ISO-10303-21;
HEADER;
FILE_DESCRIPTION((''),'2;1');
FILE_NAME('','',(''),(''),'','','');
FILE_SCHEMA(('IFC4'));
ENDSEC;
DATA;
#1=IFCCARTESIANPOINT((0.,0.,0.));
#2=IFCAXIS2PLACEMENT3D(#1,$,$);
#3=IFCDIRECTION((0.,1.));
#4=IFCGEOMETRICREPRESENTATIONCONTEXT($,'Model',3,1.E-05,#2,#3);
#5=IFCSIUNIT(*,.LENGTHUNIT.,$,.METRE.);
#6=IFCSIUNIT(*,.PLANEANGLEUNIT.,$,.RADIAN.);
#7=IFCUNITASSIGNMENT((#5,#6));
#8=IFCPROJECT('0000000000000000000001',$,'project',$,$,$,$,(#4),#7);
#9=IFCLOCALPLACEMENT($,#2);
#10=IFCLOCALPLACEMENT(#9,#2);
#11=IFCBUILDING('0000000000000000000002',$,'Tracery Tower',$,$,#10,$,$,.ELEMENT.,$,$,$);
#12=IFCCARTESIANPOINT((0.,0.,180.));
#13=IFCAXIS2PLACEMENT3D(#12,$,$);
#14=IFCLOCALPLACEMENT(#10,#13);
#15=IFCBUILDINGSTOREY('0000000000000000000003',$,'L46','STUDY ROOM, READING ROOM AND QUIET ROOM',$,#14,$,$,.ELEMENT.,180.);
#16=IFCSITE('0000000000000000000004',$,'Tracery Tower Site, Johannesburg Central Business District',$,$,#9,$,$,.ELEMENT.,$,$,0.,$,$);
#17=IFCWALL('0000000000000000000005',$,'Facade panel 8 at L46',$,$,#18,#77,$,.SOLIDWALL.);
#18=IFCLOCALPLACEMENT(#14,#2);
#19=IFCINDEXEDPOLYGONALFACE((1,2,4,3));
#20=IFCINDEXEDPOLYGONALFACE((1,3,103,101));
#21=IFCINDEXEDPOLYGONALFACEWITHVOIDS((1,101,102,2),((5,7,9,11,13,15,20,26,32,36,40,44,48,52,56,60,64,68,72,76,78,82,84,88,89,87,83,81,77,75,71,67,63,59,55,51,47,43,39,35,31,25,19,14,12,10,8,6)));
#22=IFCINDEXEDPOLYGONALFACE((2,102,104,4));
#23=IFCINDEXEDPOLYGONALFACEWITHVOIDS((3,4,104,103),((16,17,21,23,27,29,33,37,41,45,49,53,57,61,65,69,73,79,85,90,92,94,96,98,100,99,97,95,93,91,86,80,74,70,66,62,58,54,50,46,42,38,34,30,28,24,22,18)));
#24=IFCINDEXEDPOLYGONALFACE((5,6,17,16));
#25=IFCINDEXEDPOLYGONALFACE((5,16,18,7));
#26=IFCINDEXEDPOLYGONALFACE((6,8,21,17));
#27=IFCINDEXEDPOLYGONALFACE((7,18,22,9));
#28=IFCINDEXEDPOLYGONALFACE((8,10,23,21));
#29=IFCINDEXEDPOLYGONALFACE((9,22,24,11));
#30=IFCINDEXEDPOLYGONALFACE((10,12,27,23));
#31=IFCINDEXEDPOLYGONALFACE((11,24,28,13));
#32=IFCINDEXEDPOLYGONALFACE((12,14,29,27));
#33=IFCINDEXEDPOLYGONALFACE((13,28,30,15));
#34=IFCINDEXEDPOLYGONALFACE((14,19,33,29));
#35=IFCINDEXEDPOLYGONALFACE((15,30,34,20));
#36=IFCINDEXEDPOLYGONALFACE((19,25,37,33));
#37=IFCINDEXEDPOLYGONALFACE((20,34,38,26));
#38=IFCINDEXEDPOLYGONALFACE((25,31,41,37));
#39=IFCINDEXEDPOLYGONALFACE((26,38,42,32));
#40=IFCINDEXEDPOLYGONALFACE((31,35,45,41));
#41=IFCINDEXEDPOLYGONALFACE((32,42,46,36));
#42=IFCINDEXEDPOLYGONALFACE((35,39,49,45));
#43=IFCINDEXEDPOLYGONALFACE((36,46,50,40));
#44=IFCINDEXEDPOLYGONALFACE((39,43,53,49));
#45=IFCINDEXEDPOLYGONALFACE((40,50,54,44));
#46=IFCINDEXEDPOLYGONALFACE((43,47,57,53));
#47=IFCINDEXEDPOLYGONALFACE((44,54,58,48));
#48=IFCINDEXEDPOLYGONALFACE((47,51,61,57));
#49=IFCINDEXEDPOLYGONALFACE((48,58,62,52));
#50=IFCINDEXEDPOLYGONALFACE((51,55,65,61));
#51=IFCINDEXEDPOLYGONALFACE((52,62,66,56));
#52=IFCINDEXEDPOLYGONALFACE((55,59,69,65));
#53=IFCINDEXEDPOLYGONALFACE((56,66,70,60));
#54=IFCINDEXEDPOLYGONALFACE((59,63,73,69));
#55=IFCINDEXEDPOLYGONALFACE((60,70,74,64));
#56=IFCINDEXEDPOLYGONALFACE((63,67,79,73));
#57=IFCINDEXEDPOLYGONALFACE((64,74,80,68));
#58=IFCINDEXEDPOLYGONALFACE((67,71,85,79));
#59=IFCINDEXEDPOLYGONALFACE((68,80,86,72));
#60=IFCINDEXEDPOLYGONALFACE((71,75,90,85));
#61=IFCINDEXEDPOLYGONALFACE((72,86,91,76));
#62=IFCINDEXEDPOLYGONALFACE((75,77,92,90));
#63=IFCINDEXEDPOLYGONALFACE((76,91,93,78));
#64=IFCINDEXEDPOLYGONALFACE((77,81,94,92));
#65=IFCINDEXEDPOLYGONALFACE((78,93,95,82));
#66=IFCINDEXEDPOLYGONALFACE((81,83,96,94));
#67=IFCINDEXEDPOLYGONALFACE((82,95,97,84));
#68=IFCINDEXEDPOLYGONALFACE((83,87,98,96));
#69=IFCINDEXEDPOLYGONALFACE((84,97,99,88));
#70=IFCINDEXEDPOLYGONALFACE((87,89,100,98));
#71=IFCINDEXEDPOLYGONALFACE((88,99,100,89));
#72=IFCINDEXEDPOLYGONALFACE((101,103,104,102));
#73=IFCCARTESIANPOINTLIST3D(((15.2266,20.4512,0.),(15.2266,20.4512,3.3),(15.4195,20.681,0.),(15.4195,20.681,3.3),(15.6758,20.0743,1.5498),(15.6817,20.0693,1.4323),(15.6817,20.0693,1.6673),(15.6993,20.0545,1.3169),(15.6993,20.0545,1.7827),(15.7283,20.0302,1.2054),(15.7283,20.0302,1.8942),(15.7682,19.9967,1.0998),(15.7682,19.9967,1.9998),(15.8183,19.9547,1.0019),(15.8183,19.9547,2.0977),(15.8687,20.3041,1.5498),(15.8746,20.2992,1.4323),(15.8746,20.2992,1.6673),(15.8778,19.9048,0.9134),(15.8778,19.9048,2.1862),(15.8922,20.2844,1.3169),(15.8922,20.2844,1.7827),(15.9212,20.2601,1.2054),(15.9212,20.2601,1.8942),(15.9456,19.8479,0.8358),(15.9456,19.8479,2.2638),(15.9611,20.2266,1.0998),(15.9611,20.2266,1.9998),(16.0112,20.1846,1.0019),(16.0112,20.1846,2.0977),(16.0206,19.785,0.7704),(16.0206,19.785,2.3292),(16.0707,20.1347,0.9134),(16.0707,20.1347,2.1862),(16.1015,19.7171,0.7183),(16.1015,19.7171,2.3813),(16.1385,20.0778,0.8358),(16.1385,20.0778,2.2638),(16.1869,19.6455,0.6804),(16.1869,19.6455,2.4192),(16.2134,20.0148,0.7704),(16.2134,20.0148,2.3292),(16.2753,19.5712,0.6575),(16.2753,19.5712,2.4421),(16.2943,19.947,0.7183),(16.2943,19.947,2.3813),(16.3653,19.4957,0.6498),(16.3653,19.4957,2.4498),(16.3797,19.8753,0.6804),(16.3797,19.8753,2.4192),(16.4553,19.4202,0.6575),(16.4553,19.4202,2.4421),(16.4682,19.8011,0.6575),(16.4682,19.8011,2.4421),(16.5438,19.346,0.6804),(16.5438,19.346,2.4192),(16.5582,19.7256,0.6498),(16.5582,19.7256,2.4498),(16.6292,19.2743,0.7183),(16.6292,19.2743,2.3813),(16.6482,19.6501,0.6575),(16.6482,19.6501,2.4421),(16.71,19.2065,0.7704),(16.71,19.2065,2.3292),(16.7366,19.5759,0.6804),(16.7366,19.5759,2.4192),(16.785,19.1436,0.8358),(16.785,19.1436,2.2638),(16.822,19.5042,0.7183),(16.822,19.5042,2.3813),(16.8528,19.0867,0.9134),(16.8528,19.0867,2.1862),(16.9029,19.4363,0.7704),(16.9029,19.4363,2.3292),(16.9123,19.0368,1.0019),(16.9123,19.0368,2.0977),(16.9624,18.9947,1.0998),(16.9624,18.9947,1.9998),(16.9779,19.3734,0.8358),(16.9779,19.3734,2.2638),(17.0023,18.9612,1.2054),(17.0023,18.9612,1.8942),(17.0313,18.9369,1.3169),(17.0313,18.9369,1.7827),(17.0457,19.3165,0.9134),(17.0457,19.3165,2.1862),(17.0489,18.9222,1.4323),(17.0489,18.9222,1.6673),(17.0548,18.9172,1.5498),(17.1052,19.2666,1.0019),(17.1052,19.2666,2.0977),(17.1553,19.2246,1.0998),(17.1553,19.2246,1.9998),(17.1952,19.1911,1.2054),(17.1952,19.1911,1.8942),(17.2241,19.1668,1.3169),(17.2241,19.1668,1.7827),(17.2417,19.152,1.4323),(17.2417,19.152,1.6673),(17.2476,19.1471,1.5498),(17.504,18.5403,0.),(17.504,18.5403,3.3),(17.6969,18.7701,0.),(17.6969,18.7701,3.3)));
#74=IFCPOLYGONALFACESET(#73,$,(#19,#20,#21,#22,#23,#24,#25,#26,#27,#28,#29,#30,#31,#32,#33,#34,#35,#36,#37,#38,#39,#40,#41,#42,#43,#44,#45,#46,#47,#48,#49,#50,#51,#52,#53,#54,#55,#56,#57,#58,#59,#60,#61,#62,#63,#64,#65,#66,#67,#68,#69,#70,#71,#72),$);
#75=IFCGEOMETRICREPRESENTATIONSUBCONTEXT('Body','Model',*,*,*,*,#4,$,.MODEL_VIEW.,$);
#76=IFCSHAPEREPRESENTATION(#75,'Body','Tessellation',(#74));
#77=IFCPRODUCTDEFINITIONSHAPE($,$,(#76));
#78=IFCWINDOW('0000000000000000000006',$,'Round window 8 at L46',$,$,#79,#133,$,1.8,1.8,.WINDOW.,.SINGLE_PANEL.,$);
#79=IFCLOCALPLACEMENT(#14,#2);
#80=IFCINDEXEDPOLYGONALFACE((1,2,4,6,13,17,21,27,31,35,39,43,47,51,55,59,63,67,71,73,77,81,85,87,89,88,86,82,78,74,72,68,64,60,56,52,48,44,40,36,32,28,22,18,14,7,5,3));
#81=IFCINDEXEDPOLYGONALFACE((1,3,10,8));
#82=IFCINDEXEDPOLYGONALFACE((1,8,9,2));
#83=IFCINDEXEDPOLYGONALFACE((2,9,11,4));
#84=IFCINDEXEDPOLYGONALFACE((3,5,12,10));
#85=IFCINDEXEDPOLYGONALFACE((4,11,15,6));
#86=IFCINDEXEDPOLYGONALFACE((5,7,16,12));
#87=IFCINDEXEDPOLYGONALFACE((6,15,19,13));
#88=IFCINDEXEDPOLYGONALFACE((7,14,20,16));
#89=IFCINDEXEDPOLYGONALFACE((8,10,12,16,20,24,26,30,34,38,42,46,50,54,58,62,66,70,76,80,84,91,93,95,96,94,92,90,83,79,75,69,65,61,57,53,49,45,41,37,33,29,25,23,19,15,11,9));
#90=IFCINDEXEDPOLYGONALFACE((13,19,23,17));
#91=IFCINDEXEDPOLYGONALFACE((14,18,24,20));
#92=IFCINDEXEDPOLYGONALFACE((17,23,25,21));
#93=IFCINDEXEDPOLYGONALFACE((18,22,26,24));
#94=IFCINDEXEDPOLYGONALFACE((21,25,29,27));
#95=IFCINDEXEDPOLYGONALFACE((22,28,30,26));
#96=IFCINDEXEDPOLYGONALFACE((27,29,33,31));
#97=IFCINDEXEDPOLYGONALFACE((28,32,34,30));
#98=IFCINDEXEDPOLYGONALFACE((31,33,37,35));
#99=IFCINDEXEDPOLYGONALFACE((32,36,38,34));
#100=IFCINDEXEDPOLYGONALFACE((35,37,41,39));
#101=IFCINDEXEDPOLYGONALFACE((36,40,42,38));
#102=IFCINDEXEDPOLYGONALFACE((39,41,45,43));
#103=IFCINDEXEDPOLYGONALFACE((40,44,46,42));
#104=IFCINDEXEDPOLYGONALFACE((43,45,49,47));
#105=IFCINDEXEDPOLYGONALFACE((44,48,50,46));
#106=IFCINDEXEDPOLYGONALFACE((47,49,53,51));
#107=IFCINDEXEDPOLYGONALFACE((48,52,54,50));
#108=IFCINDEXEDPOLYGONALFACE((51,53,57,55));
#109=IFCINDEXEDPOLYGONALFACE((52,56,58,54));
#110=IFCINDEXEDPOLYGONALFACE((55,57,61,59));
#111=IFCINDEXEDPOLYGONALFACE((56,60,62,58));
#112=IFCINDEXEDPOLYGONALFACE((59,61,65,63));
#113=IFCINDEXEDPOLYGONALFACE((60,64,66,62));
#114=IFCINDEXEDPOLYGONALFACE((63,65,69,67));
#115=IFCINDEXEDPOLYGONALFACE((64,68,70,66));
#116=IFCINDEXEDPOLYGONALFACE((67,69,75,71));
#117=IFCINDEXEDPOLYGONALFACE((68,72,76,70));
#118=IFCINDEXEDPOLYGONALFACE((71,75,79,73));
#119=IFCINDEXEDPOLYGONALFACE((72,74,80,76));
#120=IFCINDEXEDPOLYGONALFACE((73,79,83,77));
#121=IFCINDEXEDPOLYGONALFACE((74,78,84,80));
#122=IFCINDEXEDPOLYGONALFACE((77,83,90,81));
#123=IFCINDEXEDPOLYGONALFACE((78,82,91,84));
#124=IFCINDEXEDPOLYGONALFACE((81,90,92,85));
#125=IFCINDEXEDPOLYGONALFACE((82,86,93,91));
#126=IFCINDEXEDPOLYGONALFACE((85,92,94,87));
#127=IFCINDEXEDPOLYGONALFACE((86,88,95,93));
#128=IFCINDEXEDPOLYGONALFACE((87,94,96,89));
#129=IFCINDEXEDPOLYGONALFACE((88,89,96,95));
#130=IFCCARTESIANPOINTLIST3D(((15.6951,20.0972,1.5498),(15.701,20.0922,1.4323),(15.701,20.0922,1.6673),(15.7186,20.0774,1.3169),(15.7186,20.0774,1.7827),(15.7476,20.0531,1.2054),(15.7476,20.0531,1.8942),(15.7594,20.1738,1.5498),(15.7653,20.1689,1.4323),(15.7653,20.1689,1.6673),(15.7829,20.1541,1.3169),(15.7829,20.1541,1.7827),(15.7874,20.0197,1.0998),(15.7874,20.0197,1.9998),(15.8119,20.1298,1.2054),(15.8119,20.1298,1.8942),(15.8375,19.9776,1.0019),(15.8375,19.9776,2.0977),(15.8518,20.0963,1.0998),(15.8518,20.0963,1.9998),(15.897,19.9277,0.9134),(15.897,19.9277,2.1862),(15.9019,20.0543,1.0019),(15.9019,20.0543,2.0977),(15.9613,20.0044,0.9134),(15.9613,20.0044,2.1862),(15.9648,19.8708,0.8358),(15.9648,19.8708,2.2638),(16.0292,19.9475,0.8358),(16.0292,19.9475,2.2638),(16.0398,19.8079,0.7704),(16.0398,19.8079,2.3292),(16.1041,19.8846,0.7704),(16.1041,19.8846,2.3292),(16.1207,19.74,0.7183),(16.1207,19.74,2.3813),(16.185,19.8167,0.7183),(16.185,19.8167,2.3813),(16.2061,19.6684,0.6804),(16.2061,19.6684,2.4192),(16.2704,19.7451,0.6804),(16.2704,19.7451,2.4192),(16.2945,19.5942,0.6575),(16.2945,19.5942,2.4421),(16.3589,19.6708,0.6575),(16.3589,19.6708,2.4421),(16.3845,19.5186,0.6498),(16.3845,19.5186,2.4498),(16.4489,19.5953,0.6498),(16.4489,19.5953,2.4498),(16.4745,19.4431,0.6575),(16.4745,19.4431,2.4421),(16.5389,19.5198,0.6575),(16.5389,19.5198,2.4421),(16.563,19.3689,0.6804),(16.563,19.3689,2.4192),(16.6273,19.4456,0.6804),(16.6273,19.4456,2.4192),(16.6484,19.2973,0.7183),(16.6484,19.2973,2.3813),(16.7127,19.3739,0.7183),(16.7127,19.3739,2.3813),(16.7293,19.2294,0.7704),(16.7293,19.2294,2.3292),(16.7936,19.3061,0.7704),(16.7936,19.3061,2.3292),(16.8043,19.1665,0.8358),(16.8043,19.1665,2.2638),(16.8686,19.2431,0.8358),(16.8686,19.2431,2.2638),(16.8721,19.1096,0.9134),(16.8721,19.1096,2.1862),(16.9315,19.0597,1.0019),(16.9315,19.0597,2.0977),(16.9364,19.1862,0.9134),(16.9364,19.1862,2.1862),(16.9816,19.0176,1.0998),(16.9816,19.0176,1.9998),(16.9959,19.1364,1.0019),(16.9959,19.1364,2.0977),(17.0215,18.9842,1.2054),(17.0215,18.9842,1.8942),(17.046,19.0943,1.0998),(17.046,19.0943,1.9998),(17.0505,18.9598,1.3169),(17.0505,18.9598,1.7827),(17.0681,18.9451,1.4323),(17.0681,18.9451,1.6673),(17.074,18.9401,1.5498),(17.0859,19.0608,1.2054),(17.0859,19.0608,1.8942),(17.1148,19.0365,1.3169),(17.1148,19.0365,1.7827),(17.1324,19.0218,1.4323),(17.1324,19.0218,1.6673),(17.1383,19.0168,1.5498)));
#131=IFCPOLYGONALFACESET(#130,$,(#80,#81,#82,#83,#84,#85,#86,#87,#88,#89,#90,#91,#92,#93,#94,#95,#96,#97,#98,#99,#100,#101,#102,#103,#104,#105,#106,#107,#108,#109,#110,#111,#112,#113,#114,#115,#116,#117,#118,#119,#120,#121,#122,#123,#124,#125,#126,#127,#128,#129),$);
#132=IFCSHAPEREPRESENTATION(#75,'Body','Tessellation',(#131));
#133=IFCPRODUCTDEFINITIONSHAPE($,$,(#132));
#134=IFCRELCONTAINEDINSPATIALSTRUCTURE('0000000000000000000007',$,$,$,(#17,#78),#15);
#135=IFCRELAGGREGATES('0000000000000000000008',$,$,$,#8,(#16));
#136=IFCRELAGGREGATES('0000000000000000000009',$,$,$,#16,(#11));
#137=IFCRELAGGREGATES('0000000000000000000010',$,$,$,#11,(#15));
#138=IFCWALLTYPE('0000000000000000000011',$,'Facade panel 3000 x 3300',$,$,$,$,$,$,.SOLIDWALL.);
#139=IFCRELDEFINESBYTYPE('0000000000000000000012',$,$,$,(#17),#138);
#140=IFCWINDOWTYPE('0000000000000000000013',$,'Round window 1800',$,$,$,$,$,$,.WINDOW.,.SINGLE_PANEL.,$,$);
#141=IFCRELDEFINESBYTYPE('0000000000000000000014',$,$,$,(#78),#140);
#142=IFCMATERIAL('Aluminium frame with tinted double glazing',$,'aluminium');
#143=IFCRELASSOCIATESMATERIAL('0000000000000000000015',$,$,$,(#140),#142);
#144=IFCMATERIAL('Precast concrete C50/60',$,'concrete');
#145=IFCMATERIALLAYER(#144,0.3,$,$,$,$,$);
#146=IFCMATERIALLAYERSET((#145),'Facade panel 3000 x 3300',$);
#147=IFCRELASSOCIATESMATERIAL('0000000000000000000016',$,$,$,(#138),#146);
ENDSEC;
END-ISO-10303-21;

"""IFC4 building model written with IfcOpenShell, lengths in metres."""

from ifc_helpers import new_model, si_unit, direction, frame, frame_2d, origin, origin_2d, place, context, subcontext, project, spatial, rectangle, circle, extrude, material, layer, layer_set, type_object, element, fill, save


model = new_model("IFC4")

# Units and contexts
model_context = context("Model", 3, precision=1e-05, world=origin(), true_north=direction((0.0, 1.0)))
body_context = subcontext(model_context, "Body", "Model", "MODEL_VIEW")
ifc_project = project(units=[si_unit("LENGTHUNIT", "METRE"), si_unit("PLANEANGLEUNIT", "RADIAN")], contexts=[model_context])

# Site, building, storey
site_placement = place(None, origin())
site = spatial("IfcSite", under=ifc_project, at=site_placement, Name="Tracery Tower Site, Johannesburg Central Business District", CompositionType="ELEMENT", RefElevation=0.0)
building_placement = place(site_placement, origin())
building = spatial("IfcBuilding", under=site, at=building_placement, Name="Tracery Tower", CompositionType="ELEMENT")
storey_placement = place(building_placement, frame((0.0, 0.0, 180.0)))
storey = spatial("IfcBuildingStorey", under=building, at=storey_placement, Name="L46", Description="STUDY ROOM, READING ROOM AND QUIET ROOM", CompositionType="ELEMENT", Elevation=180.0)

# Wall, opening, window
ifc_material_1 = material(Name="Aluminium frame with tinted double glazing", Category="aluminium")
window_type = type_object("IfcWindowType", Name="Round window 1800", PartitioningType="SINGLE_PANEL", PredefinedType="WINDOW", material=ifc_material_1)
ifc_material_2 = material(Name="Precast concrete C50/60", Category="concrete")
ifc_layer_1 = layer(ifc_material_2, 0.3)
ifc_layer_set_1 = layer_set([ifc_layer_1], Name="Facade panel 3000 x 3300")
wall_type_1 = type_object("IfcWallType", Name="Facade panel 3000 x 3300", PredefinedType="SOLIDWALL", material=ifc_layer_set_1)
wall_1_placement = place(storey_placement, frame((17.6003, 18.6553, 0.0), z_axis=(0.0, 0.0, 1.0), x_axis=(-0.766049, 0.642782, 0.0)))
wall_1 = element("IfcWall", 1, at=wall_1_placement, inside=storey, type_object=wall_type_1, Name="Facade panel 8 at L46", PredefinedType="SOLIDWALL", context=body_context, shape_type="SweptSolid", body=[
    extrude(rectangle(XDim=2.9729, YDim=0.3, at=frame_2d((1.4863, 0.0))), origin(), (0.0, 0.0, 1.0), 3.3),
])
opening_1_placement = place(wall_1_placement, frame((1.4863, 0.0, 1.5498)))
opening_1 = element("IfcOpeningElement", 2, at=opening_1_placement, cuts=wall_1, PredefinedType="OPENING", context=body_context, shape_type="SweptSolid", body=[
    extrude(circle(Radius=0.9, at=origin_2d()), frame((0.0, 0.1599, 0.0), z_axis=(0.0, -1.0, 0.0), x_axis=(1.0, 0.0, 0.0)), (0.0, 0.0, 1.0), 0.3201),
])
window_1_placement = place(opening_1_placement, origin())
window_1 = element("IfcWindow", 3, at=window_1_placement, inside=storey, type_object=window_type, Name="Round window 8 at L46", OverallHeight=1.8, OverallWidth=1.8, PartitioningType="SINGLE_PANEL", PredefinedType="WINDOW", context=body_context, shape_type="SweptSolid", body=[
    extrude(circle(Radius=0.9, at=origin_2d()), frame((0.0, 0.1201, 0.0), z_axis=(0.0, -1.0, 0.0), x_axis=(1.0, 0.0, 0.0)), (0.0, 0.0, 1.0), 0.1001),
])
fill(opening_1, window_1)

save(model, "model.ifc")
